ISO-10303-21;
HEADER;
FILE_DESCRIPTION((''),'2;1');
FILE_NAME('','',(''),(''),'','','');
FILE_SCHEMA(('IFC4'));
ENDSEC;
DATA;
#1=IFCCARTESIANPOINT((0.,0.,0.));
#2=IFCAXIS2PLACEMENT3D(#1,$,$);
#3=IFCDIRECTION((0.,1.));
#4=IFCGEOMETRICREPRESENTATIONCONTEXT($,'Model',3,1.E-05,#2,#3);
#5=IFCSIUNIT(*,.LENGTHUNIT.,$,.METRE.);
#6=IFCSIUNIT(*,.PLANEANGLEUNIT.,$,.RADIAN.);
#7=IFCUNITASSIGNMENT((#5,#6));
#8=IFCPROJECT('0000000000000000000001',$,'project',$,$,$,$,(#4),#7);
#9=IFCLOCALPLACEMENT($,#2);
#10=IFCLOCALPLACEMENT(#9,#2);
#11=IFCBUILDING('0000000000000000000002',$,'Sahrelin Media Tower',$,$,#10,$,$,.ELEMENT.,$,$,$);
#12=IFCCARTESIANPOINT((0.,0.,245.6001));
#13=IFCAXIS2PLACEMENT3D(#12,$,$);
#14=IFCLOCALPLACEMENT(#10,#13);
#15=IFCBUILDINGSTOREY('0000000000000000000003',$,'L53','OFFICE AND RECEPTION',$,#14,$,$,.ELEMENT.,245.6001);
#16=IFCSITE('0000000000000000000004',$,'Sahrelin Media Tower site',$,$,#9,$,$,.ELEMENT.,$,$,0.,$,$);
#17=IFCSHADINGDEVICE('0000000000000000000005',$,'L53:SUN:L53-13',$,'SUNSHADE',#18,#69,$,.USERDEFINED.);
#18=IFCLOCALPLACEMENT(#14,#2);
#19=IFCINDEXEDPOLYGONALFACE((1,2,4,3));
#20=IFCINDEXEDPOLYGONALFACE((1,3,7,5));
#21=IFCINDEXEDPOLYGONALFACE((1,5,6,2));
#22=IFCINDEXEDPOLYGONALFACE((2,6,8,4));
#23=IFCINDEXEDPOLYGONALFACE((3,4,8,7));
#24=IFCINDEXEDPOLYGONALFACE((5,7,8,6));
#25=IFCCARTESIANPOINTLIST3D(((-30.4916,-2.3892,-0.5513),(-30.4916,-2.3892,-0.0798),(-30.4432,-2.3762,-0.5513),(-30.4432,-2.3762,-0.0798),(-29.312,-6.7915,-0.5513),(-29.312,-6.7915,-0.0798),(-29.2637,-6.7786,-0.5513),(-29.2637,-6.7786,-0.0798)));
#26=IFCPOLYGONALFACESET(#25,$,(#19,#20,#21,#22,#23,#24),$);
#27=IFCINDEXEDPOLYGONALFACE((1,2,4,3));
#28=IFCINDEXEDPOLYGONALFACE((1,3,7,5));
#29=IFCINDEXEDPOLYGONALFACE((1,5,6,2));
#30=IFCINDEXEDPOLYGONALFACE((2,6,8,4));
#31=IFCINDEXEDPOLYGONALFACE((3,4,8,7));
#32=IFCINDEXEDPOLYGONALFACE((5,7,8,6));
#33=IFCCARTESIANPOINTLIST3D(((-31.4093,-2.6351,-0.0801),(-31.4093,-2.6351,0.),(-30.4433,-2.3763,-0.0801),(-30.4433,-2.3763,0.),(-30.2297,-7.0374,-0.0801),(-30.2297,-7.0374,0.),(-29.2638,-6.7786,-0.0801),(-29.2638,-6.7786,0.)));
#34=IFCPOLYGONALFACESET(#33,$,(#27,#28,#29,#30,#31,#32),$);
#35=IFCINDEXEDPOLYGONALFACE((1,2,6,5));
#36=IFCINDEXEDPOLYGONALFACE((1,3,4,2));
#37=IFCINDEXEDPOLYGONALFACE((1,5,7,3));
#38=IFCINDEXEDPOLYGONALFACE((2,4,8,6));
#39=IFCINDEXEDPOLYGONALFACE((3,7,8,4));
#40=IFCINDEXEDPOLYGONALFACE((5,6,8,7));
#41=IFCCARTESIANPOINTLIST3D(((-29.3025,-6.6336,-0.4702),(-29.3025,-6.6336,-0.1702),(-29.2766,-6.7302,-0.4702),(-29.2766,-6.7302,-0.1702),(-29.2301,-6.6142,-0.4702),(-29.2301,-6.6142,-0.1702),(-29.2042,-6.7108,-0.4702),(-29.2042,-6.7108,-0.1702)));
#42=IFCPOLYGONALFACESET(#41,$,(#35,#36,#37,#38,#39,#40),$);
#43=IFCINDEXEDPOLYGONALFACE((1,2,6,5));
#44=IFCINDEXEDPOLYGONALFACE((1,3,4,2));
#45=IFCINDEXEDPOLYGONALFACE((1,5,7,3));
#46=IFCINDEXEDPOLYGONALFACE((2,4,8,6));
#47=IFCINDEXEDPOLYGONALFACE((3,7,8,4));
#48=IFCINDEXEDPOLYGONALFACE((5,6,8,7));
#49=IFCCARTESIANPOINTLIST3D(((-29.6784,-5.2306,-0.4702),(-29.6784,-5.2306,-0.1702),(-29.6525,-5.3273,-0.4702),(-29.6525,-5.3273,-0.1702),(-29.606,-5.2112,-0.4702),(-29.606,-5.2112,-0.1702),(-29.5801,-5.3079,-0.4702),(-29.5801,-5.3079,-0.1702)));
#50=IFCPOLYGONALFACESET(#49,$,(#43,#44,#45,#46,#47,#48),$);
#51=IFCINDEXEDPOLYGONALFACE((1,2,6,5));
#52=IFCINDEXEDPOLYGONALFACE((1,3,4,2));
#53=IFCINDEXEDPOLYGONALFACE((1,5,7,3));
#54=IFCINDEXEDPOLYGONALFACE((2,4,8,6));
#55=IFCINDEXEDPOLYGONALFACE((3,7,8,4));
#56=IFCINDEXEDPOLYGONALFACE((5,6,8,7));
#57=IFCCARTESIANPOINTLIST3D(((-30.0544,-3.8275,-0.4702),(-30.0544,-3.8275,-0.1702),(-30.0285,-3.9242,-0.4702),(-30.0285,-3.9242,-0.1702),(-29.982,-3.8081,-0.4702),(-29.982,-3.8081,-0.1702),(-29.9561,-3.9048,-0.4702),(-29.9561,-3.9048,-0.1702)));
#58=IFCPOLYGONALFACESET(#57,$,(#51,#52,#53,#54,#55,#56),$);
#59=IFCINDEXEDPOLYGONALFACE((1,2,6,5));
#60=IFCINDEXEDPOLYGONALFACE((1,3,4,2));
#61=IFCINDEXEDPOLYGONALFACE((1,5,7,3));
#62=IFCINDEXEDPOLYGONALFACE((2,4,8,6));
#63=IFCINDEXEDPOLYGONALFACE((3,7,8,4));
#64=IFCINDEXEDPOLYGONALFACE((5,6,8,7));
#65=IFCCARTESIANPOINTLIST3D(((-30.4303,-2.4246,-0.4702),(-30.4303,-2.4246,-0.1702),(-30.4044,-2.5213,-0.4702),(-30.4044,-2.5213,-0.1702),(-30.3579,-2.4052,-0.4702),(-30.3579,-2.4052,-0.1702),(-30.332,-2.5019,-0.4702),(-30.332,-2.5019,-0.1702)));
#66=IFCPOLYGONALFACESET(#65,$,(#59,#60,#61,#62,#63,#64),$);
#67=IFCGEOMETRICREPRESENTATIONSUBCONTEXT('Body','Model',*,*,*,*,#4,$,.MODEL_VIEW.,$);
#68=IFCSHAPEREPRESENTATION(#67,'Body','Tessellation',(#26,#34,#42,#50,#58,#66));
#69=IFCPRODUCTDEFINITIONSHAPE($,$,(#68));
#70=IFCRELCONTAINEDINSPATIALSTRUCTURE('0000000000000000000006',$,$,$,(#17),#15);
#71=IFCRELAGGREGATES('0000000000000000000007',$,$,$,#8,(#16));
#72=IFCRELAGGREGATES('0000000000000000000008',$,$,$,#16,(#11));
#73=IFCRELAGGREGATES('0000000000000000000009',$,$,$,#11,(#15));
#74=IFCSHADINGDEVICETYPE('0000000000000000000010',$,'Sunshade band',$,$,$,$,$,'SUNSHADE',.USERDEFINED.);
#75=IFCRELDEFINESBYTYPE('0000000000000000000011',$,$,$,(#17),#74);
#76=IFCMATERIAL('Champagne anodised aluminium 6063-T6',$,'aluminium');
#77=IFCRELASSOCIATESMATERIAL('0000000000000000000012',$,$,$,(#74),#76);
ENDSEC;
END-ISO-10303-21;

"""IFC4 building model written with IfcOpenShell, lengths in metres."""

from ifc_helpers import new_model, si_unit, direction, frame, origin, origin_2d, place, context, subcontext, project, spatial, rectangle, extrude, material, type_object, element, save


model = new_model("IFC4")

# Units and contexts
model_context = context("Model", 3, precision=1e-05, world=origin(), true_north=direction((0.0, 1.0)))
body_context = subcontext(model_context, "Body", "Model", "MODEL_VIEW")
ifc_project = project(units=[si_unit("LENGTHUNIT", "METRE"), si_unit("PLANEANGLEUNIT", "RADIAN")], contexts=[model_context])

# Site, building, storey
site_placement = place(None, origin())
site = spatial("IfcSite", under=ifc_project, at=site_placement, Name="Sahrelin Media Tower site", CompositionType="ELEMENT", RefElevation=0.0)
building_placement = place(site_placement, origin())
building = spatial("IfcBuilding", under=site, at=building_placement, Name="Sahrelin Media Tower", CompositionType="ELEMENT")
storey_placement = place(building_placement, frame((0.0, 0.0, 245.6001)))
storey = spatial("IfcBuildingStorey", under=building, at=storey_placement, Name="L53", Description="OFFICE AND RECEPTION", CompositionType="ELEMENT", Elevation=245.6001)

# Shared definitions
ifc_material_1 = material(Name="Champagne anodised aluminium 6063-T6", Category="aluminium")

# Shading device
placement_1 = place(storey_placement, frame((-29.8342, -4.5723, 0.0), z_axis=(0.0, 0.0, 1.0), x_axis=(-0.258808, 0.965929, 0.0)))
shading_device_type_1 = type_object("IfcShadingDeviceType", Name="Sunshade band", ElementType="SUNSHADE", PredefinedType="USERDEFINED", material=ifc_material_1)
element("IfcShadingDevice", 1, at=placement_1, inside=storey, type_object=shading_device_type_1, Name="L53:SUN:L53-13", ObjectType="SUNSHADE", PredefinedType="USERDEFINED", context=body_context, shape_type="SweptSolid", body=[
    extrude(rectangle(XDim=4.5576, YDim=0.05, at=origin_2d()), frame((0.0, 0.0449, -0.5513)), (0.0, 0.0, 1.0), 0.4714),
    extrude(rectangle(XDim=4.5576, YDim=1.0, at=origin_2d()), frame((0.0, 0.52, -0.0801)), (0.0, 0.0, 1.0), 0.0801),
    extrude(rectangle(XDim=0.1001, YDim=0.075, at=origin_2d()), frame((-2.1787, -0.0176, -0.4702)), (0.0, 0.0, 1.0), 0.3),
    extrude(rectangle(XDim=0.1001, YDim=0.075, at=origin_2d()), frame((-0.7263, -0.0176, -0.4702)), (0.0, 0.0, 1.0), 0.3),
    extrude(rectangle(XDim=0.1001, YDim=0.075, at=origin_2d()), frame((0.7263, -0.0176, -0.4702)), (0.0, 0.0, 1.0), 0.3),
    extrude(rectangle(XDim=0.1001, YDim=0.075, at=origin_2d()), frame((2.1787, -0.0176, -0.4702)), (0.0, 0.0, 1.0), 0.3),
])

save(model, "model.ifc")
